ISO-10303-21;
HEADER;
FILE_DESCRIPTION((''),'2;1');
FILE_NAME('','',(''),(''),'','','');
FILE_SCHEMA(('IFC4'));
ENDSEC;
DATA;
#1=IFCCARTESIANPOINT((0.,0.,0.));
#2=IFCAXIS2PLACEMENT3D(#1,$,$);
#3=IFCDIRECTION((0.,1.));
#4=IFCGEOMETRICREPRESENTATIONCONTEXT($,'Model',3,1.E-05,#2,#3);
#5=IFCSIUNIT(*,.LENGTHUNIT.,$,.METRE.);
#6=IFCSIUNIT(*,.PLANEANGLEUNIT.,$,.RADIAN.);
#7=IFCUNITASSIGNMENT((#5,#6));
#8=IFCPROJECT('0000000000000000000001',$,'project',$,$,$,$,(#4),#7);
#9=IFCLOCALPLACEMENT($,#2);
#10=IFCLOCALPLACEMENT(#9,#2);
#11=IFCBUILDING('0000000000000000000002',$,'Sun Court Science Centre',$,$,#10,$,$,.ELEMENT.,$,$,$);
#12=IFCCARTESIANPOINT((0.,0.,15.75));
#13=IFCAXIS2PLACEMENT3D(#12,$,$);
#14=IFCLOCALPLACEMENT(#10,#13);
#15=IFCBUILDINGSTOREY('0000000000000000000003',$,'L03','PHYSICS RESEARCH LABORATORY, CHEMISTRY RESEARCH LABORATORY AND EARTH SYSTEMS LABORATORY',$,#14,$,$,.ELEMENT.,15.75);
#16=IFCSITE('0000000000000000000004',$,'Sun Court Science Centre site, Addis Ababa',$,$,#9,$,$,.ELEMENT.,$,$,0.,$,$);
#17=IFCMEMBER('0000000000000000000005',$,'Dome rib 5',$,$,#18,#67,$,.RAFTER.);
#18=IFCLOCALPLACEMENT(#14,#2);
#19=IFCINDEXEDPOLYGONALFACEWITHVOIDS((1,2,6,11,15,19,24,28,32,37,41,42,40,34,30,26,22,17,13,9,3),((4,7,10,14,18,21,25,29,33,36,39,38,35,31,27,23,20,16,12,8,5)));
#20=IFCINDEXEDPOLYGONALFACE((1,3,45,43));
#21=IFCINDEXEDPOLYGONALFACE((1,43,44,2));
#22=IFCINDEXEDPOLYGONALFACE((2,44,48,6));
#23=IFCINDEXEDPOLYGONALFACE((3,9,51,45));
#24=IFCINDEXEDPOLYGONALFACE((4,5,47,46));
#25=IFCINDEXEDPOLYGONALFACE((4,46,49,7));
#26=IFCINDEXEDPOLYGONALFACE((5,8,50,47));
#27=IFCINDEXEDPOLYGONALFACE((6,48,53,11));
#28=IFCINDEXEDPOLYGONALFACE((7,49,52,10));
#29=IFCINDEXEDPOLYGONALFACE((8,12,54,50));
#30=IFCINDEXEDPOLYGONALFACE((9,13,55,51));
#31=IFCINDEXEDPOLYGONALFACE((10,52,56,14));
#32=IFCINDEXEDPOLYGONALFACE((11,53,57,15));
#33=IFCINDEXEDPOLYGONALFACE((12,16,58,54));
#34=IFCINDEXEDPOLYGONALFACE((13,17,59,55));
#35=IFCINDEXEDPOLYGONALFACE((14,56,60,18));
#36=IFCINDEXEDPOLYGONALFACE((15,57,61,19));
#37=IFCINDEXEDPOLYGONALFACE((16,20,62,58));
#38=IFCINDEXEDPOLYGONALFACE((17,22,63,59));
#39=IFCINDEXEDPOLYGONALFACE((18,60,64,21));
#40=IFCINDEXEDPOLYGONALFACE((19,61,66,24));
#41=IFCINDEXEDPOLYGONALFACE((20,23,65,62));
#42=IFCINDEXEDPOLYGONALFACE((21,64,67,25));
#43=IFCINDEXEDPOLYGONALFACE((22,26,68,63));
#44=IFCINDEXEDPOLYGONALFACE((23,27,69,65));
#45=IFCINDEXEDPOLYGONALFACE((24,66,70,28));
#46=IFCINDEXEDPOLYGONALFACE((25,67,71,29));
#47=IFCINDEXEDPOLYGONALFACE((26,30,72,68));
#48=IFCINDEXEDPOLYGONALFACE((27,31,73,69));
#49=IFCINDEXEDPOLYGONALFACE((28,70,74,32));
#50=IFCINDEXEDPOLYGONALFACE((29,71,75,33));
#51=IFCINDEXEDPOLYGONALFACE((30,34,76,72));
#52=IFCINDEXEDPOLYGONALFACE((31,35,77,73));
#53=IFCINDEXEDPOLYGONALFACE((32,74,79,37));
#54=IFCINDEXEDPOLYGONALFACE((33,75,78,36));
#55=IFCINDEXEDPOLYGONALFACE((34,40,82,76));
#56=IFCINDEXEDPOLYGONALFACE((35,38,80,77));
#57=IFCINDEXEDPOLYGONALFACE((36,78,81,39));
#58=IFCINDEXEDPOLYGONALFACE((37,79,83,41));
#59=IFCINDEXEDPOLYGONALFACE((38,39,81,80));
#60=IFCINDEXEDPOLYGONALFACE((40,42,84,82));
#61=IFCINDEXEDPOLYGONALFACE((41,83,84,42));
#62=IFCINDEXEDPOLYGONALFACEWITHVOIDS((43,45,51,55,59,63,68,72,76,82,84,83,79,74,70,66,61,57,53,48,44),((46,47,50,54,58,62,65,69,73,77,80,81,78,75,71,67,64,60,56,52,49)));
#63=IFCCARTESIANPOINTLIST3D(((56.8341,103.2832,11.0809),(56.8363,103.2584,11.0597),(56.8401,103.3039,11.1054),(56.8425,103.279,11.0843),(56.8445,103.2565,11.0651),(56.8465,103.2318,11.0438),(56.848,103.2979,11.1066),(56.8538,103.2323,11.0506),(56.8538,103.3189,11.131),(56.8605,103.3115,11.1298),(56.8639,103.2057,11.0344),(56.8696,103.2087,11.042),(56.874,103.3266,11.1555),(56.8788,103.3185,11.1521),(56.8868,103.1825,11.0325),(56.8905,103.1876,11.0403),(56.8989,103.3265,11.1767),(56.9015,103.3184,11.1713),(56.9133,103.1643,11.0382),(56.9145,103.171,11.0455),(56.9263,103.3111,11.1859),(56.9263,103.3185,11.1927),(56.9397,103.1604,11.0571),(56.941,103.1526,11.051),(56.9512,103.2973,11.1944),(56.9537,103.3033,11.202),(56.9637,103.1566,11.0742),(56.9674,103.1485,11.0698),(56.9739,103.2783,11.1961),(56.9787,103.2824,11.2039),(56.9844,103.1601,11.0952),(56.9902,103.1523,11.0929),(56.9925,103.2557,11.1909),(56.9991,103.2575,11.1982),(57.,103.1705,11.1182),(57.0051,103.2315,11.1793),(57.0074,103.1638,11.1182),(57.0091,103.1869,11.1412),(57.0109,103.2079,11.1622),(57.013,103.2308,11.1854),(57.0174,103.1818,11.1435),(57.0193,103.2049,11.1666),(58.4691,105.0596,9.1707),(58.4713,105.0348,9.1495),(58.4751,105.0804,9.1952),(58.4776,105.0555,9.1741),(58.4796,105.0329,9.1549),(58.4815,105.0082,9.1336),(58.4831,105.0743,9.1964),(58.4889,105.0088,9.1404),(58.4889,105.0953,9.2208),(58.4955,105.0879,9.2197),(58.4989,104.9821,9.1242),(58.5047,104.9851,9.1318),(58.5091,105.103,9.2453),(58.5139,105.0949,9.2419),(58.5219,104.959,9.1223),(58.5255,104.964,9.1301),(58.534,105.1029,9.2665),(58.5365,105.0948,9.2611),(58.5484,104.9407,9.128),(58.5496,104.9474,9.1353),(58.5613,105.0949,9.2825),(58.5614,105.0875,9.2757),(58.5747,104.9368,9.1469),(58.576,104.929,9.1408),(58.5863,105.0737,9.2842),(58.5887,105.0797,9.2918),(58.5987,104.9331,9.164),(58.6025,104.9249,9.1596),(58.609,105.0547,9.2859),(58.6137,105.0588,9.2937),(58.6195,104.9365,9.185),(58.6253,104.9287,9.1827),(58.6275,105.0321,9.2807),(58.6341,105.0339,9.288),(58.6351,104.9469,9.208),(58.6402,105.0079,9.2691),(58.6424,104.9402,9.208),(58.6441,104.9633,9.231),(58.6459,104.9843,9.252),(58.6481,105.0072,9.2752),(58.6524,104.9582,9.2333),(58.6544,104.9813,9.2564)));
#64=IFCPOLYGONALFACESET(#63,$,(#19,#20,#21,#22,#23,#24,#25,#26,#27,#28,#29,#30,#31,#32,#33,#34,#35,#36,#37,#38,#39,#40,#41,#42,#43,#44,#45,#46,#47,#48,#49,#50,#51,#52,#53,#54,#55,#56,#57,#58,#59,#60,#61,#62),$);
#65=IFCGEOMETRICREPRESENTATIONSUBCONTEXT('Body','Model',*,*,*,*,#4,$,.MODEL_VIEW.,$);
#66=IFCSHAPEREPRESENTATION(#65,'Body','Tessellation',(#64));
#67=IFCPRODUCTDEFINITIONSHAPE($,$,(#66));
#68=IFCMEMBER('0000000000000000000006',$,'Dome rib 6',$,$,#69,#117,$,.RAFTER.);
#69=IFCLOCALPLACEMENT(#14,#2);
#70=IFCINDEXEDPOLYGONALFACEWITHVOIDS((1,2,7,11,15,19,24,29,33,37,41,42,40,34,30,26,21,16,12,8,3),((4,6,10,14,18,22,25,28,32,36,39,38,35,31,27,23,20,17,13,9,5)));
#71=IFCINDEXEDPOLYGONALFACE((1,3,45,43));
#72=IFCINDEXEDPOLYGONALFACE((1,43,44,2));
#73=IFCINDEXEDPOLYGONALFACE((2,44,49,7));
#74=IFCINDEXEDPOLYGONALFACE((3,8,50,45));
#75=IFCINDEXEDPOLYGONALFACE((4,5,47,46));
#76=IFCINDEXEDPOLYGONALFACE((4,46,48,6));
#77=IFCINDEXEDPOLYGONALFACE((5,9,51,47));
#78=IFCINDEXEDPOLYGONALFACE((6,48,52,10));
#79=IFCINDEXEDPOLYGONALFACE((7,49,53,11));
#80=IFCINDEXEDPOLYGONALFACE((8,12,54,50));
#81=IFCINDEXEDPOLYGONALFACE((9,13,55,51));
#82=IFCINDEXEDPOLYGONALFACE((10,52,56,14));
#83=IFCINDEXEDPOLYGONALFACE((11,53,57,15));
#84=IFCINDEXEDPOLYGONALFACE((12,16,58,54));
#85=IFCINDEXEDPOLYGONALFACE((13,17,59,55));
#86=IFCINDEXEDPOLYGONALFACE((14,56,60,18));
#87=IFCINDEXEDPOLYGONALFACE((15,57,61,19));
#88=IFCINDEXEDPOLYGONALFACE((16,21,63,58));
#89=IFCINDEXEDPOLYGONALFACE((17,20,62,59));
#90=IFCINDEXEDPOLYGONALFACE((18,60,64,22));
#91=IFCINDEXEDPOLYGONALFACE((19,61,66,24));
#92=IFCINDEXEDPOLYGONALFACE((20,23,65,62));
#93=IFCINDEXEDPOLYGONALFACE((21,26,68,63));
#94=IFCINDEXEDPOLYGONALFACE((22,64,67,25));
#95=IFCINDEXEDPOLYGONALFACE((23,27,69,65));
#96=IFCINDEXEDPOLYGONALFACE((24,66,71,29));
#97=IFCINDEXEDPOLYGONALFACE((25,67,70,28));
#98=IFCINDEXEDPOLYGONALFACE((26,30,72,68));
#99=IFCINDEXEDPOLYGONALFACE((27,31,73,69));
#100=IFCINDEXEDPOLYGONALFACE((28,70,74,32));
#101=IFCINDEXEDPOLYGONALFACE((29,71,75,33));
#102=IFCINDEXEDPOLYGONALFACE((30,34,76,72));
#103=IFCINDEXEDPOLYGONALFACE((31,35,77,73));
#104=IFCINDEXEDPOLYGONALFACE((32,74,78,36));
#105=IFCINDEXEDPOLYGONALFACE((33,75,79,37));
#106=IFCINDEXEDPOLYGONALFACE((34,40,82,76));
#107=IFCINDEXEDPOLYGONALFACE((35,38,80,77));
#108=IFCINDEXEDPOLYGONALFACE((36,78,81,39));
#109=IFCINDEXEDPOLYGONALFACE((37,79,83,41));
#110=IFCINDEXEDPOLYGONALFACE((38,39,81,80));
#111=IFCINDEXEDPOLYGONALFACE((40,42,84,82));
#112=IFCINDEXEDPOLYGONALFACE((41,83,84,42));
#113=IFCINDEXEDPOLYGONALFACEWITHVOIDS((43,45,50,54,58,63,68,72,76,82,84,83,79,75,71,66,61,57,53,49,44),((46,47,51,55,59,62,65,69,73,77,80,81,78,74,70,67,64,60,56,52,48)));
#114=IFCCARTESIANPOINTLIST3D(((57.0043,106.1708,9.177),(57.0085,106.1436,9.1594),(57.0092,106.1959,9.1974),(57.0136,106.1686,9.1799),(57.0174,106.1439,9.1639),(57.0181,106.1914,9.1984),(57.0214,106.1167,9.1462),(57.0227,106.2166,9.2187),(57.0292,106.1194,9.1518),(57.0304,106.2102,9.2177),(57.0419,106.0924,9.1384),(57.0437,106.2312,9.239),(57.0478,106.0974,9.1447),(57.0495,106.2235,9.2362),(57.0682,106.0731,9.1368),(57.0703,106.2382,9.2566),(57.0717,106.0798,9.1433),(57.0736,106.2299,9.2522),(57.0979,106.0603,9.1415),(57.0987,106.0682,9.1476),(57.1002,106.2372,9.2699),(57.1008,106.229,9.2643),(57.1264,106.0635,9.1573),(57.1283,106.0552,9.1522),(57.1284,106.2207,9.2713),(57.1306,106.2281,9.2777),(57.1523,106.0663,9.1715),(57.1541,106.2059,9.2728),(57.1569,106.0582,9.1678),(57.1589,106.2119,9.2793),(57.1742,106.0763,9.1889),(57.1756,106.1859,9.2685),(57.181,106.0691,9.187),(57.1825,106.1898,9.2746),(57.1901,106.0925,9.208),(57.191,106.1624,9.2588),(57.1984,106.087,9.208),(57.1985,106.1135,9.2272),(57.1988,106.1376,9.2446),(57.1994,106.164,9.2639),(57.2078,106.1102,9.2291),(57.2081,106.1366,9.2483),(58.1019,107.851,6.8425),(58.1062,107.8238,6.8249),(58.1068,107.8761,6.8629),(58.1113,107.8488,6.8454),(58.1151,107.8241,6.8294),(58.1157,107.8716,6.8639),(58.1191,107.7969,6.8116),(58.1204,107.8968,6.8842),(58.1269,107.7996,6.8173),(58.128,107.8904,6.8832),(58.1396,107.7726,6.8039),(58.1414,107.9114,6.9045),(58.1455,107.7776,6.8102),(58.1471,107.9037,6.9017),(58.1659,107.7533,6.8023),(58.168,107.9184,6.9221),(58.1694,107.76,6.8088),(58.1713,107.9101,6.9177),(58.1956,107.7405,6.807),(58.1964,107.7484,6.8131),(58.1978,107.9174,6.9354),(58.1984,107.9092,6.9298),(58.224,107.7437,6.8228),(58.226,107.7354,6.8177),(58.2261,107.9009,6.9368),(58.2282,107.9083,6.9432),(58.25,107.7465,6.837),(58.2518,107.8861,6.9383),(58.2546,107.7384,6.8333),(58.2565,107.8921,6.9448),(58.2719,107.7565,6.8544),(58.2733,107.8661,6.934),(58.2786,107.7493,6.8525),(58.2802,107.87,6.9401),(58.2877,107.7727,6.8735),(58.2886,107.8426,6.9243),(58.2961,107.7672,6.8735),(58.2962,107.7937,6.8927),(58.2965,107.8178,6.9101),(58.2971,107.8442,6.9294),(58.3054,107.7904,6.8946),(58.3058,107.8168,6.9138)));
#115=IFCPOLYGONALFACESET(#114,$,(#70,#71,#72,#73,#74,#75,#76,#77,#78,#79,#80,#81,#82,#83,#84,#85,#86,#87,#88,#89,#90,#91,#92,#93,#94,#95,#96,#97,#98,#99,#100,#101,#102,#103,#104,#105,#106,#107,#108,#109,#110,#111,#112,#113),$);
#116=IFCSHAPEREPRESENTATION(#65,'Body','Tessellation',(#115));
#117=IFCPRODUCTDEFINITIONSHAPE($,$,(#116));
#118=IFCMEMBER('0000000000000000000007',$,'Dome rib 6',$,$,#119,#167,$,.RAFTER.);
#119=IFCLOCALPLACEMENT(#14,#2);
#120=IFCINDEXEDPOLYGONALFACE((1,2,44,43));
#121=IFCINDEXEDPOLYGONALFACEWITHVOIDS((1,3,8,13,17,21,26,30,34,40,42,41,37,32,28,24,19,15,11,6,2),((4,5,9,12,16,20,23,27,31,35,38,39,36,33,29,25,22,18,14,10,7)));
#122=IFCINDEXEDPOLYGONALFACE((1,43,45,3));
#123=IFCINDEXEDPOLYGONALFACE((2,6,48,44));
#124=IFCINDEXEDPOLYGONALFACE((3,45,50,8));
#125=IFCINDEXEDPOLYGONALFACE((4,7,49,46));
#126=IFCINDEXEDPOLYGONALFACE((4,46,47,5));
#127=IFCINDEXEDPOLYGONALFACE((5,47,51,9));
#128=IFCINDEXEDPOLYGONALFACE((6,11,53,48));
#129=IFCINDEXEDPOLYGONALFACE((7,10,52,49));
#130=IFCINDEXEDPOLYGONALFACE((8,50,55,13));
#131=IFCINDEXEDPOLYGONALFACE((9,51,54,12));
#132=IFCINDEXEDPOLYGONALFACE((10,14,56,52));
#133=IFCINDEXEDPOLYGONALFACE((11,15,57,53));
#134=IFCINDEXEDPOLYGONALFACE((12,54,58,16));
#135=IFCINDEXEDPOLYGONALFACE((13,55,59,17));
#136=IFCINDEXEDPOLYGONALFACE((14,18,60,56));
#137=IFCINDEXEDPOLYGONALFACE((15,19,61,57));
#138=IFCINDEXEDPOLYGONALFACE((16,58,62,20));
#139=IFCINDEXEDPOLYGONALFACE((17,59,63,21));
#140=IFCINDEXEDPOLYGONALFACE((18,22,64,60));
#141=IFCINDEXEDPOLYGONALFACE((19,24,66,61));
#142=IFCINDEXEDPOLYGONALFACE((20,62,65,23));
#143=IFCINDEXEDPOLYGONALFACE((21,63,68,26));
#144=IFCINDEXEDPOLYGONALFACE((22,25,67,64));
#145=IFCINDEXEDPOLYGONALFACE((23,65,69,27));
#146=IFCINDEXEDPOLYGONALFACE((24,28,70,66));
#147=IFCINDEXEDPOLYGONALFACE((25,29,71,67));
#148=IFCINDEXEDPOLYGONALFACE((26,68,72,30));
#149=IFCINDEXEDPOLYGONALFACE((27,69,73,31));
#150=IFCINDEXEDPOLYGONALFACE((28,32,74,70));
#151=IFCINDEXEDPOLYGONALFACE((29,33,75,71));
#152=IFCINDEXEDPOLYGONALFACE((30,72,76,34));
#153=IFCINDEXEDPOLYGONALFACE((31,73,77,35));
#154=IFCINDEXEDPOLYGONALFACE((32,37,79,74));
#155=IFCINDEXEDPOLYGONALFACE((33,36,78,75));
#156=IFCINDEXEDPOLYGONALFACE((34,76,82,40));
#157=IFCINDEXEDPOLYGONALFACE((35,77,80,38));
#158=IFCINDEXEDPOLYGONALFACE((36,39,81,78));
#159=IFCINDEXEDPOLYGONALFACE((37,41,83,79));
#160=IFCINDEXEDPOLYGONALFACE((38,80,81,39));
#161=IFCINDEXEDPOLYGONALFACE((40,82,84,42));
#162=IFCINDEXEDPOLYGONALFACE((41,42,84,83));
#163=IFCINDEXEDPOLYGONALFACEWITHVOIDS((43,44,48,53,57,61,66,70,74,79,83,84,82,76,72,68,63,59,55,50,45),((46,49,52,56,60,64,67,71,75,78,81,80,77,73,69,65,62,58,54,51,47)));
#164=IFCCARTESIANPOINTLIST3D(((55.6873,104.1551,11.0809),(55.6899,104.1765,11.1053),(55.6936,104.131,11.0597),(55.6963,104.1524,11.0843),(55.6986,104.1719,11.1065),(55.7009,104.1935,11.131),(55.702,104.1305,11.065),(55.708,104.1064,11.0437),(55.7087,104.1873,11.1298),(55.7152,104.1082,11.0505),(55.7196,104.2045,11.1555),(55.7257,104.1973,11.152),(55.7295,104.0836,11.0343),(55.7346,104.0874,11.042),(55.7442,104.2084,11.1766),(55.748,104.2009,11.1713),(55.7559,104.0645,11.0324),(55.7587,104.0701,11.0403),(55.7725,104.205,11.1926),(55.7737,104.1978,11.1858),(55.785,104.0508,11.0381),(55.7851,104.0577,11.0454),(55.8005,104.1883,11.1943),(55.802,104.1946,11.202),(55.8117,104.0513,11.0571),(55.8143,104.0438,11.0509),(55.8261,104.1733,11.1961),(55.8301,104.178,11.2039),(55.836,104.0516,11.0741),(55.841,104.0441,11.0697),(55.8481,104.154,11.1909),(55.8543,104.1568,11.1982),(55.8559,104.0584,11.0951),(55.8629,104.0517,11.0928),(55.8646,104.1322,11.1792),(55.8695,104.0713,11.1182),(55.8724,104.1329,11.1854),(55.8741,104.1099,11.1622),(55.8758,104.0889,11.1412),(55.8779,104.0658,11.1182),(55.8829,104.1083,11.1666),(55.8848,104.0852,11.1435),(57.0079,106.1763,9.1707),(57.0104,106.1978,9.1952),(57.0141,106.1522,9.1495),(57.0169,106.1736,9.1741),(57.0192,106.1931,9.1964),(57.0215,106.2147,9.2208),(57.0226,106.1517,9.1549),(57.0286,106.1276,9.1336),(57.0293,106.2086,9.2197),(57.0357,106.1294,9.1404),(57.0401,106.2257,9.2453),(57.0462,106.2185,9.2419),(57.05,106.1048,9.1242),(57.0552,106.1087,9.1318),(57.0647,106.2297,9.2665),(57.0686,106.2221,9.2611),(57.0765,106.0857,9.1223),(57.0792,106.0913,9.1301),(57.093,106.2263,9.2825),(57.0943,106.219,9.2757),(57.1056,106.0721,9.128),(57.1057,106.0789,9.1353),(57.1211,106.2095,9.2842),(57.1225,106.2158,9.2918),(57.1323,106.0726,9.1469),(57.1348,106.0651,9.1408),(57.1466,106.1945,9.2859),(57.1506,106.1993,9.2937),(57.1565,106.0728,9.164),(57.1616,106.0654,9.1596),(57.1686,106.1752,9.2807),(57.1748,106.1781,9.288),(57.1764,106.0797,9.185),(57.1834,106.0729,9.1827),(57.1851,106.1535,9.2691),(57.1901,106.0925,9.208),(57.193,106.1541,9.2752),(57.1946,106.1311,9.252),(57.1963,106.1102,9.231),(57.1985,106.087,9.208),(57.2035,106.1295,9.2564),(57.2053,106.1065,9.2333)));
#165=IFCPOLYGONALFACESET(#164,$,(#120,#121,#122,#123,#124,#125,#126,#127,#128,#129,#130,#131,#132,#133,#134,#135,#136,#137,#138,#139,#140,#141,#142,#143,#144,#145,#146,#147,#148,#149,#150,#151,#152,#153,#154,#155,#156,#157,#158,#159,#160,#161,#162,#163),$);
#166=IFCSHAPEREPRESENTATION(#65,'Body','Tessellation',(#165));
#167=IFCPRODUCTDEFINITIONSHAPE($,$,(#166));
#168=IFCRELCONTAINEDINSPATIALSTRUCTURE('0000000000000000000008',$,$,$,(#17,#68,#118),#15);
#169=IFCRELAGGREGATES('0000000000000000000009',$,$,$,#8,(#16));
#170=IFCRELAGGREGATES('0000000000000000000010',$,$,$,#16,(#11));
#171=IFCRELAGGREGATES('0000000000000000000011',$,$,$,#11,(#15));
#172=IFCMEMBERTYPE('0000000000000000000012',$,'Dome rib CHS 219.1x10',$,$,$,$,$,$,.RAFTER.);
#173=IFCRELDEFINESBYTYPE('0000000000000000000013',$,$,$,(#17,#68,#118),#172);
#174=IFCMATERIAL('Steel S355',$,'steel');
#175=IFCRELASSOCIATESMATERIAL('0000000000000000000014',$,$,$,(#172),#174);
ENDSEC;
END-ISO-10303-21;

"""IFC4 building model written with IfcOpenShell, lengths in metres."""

from ifc_helpers import new_model, si_unit, direction, frame, origin, origin_2d, place, context, subcontext, project, spatial, hollow_circle, extrude, material, material_profile, profile_set, type_object, element, save


model = new_model("IFC4")

# Units and contexts
model_context = context("Model", 3, precision=1e-05, world=origin(), true_north=direction((0.0, 1.0)))
body_context = subcontext(model_context, "Body", "Model", "MODEL_VIEW")
ifc_project = project(units=[si_unit("LENGTHUNIT", "METRE"), si_unit("PLANEANGLEUNIT", "RADIAN")], contexts=[model_context])

# Site, building, storey
site_placement = place(None, origin())
site = spatial("IfcSite", under=ifc_project, at=site_placement, Name="Sun Court Science Centre site, Addis Ababa", CompositionType="ELEMENT", RefElevation=0.0)
building_placement = place(site_placement, origin())
building = spatial("IfcBuilding", under=site, at=building_placement, Name="Sun Court Science Centre", CompositionType="ELEMENT")
storey_placement = place(building_placement, frame((0.0, 0.0, 15.75)))
storey = spatial("IfcBuildingStorey", under=building, at=storey_placement, Name="L03", Description="PHYSICS RESEARCH LABORATORY, CHEMISTRY RESEARCH LABORATORY AND EARTH SYSTEMS LABORATORY", CompositionType="ELEMENT", Elevation=15.75)

# Members
ifc_material_1 = material(Name="Steel S355", Category="steel")
ifc_material_profile_1 = material_profile(ifc_material_1, hollow_circle(Radius=0.1096, WallThickness=0.01, at=origin_2d()), Name="CHS 219.1x10")
ifc_profile_set_1 = profile_set([ifc_material_profile_1], Name="Steel S355")
member_type_1 = type_object("IfcMemberType", Name="Dome rib CHS 219.1x10", PredefinedType="RAFTER", material=ifc_profile_set_1)
for number, where, z_axis, x_axis, name in (
    (1, (58.5618, 105.0144, 9.208), (-0.531098, -0.577015, 0.620474), (0.735776, -0.677225, 0.0), "Dome rib 5"),
    (2, (58.2043, 107.8271, 6.8735), (-0.356547, -0.545765, 0.758297), (0.83718, -0.546928, 0.0), "Dome rib 6"),
    (3, (57.1067, 106.147, 9.208), (-0.428943, -0.656538, 0.620456), (0.837164, -0.546952, 0.0), "Dome rib 6"),
):
    element("IfcMember", number, at=place(storey_placement, frame(where, z_axis=z_axis, x_axis=x_axis)), inside=storey, type_object=member_type_1, Name=name, PredefinedType="RAFTER", context=body_context, shape_type="SweptSolid", body=[
        extrude(hollow_circle(Radius=0.1096, WallThickness=0.01, at=origin_2d()), origin(), (0.0, 0.0, 1.0), 3.0786),
    ])

save(model, "model.ifc")
